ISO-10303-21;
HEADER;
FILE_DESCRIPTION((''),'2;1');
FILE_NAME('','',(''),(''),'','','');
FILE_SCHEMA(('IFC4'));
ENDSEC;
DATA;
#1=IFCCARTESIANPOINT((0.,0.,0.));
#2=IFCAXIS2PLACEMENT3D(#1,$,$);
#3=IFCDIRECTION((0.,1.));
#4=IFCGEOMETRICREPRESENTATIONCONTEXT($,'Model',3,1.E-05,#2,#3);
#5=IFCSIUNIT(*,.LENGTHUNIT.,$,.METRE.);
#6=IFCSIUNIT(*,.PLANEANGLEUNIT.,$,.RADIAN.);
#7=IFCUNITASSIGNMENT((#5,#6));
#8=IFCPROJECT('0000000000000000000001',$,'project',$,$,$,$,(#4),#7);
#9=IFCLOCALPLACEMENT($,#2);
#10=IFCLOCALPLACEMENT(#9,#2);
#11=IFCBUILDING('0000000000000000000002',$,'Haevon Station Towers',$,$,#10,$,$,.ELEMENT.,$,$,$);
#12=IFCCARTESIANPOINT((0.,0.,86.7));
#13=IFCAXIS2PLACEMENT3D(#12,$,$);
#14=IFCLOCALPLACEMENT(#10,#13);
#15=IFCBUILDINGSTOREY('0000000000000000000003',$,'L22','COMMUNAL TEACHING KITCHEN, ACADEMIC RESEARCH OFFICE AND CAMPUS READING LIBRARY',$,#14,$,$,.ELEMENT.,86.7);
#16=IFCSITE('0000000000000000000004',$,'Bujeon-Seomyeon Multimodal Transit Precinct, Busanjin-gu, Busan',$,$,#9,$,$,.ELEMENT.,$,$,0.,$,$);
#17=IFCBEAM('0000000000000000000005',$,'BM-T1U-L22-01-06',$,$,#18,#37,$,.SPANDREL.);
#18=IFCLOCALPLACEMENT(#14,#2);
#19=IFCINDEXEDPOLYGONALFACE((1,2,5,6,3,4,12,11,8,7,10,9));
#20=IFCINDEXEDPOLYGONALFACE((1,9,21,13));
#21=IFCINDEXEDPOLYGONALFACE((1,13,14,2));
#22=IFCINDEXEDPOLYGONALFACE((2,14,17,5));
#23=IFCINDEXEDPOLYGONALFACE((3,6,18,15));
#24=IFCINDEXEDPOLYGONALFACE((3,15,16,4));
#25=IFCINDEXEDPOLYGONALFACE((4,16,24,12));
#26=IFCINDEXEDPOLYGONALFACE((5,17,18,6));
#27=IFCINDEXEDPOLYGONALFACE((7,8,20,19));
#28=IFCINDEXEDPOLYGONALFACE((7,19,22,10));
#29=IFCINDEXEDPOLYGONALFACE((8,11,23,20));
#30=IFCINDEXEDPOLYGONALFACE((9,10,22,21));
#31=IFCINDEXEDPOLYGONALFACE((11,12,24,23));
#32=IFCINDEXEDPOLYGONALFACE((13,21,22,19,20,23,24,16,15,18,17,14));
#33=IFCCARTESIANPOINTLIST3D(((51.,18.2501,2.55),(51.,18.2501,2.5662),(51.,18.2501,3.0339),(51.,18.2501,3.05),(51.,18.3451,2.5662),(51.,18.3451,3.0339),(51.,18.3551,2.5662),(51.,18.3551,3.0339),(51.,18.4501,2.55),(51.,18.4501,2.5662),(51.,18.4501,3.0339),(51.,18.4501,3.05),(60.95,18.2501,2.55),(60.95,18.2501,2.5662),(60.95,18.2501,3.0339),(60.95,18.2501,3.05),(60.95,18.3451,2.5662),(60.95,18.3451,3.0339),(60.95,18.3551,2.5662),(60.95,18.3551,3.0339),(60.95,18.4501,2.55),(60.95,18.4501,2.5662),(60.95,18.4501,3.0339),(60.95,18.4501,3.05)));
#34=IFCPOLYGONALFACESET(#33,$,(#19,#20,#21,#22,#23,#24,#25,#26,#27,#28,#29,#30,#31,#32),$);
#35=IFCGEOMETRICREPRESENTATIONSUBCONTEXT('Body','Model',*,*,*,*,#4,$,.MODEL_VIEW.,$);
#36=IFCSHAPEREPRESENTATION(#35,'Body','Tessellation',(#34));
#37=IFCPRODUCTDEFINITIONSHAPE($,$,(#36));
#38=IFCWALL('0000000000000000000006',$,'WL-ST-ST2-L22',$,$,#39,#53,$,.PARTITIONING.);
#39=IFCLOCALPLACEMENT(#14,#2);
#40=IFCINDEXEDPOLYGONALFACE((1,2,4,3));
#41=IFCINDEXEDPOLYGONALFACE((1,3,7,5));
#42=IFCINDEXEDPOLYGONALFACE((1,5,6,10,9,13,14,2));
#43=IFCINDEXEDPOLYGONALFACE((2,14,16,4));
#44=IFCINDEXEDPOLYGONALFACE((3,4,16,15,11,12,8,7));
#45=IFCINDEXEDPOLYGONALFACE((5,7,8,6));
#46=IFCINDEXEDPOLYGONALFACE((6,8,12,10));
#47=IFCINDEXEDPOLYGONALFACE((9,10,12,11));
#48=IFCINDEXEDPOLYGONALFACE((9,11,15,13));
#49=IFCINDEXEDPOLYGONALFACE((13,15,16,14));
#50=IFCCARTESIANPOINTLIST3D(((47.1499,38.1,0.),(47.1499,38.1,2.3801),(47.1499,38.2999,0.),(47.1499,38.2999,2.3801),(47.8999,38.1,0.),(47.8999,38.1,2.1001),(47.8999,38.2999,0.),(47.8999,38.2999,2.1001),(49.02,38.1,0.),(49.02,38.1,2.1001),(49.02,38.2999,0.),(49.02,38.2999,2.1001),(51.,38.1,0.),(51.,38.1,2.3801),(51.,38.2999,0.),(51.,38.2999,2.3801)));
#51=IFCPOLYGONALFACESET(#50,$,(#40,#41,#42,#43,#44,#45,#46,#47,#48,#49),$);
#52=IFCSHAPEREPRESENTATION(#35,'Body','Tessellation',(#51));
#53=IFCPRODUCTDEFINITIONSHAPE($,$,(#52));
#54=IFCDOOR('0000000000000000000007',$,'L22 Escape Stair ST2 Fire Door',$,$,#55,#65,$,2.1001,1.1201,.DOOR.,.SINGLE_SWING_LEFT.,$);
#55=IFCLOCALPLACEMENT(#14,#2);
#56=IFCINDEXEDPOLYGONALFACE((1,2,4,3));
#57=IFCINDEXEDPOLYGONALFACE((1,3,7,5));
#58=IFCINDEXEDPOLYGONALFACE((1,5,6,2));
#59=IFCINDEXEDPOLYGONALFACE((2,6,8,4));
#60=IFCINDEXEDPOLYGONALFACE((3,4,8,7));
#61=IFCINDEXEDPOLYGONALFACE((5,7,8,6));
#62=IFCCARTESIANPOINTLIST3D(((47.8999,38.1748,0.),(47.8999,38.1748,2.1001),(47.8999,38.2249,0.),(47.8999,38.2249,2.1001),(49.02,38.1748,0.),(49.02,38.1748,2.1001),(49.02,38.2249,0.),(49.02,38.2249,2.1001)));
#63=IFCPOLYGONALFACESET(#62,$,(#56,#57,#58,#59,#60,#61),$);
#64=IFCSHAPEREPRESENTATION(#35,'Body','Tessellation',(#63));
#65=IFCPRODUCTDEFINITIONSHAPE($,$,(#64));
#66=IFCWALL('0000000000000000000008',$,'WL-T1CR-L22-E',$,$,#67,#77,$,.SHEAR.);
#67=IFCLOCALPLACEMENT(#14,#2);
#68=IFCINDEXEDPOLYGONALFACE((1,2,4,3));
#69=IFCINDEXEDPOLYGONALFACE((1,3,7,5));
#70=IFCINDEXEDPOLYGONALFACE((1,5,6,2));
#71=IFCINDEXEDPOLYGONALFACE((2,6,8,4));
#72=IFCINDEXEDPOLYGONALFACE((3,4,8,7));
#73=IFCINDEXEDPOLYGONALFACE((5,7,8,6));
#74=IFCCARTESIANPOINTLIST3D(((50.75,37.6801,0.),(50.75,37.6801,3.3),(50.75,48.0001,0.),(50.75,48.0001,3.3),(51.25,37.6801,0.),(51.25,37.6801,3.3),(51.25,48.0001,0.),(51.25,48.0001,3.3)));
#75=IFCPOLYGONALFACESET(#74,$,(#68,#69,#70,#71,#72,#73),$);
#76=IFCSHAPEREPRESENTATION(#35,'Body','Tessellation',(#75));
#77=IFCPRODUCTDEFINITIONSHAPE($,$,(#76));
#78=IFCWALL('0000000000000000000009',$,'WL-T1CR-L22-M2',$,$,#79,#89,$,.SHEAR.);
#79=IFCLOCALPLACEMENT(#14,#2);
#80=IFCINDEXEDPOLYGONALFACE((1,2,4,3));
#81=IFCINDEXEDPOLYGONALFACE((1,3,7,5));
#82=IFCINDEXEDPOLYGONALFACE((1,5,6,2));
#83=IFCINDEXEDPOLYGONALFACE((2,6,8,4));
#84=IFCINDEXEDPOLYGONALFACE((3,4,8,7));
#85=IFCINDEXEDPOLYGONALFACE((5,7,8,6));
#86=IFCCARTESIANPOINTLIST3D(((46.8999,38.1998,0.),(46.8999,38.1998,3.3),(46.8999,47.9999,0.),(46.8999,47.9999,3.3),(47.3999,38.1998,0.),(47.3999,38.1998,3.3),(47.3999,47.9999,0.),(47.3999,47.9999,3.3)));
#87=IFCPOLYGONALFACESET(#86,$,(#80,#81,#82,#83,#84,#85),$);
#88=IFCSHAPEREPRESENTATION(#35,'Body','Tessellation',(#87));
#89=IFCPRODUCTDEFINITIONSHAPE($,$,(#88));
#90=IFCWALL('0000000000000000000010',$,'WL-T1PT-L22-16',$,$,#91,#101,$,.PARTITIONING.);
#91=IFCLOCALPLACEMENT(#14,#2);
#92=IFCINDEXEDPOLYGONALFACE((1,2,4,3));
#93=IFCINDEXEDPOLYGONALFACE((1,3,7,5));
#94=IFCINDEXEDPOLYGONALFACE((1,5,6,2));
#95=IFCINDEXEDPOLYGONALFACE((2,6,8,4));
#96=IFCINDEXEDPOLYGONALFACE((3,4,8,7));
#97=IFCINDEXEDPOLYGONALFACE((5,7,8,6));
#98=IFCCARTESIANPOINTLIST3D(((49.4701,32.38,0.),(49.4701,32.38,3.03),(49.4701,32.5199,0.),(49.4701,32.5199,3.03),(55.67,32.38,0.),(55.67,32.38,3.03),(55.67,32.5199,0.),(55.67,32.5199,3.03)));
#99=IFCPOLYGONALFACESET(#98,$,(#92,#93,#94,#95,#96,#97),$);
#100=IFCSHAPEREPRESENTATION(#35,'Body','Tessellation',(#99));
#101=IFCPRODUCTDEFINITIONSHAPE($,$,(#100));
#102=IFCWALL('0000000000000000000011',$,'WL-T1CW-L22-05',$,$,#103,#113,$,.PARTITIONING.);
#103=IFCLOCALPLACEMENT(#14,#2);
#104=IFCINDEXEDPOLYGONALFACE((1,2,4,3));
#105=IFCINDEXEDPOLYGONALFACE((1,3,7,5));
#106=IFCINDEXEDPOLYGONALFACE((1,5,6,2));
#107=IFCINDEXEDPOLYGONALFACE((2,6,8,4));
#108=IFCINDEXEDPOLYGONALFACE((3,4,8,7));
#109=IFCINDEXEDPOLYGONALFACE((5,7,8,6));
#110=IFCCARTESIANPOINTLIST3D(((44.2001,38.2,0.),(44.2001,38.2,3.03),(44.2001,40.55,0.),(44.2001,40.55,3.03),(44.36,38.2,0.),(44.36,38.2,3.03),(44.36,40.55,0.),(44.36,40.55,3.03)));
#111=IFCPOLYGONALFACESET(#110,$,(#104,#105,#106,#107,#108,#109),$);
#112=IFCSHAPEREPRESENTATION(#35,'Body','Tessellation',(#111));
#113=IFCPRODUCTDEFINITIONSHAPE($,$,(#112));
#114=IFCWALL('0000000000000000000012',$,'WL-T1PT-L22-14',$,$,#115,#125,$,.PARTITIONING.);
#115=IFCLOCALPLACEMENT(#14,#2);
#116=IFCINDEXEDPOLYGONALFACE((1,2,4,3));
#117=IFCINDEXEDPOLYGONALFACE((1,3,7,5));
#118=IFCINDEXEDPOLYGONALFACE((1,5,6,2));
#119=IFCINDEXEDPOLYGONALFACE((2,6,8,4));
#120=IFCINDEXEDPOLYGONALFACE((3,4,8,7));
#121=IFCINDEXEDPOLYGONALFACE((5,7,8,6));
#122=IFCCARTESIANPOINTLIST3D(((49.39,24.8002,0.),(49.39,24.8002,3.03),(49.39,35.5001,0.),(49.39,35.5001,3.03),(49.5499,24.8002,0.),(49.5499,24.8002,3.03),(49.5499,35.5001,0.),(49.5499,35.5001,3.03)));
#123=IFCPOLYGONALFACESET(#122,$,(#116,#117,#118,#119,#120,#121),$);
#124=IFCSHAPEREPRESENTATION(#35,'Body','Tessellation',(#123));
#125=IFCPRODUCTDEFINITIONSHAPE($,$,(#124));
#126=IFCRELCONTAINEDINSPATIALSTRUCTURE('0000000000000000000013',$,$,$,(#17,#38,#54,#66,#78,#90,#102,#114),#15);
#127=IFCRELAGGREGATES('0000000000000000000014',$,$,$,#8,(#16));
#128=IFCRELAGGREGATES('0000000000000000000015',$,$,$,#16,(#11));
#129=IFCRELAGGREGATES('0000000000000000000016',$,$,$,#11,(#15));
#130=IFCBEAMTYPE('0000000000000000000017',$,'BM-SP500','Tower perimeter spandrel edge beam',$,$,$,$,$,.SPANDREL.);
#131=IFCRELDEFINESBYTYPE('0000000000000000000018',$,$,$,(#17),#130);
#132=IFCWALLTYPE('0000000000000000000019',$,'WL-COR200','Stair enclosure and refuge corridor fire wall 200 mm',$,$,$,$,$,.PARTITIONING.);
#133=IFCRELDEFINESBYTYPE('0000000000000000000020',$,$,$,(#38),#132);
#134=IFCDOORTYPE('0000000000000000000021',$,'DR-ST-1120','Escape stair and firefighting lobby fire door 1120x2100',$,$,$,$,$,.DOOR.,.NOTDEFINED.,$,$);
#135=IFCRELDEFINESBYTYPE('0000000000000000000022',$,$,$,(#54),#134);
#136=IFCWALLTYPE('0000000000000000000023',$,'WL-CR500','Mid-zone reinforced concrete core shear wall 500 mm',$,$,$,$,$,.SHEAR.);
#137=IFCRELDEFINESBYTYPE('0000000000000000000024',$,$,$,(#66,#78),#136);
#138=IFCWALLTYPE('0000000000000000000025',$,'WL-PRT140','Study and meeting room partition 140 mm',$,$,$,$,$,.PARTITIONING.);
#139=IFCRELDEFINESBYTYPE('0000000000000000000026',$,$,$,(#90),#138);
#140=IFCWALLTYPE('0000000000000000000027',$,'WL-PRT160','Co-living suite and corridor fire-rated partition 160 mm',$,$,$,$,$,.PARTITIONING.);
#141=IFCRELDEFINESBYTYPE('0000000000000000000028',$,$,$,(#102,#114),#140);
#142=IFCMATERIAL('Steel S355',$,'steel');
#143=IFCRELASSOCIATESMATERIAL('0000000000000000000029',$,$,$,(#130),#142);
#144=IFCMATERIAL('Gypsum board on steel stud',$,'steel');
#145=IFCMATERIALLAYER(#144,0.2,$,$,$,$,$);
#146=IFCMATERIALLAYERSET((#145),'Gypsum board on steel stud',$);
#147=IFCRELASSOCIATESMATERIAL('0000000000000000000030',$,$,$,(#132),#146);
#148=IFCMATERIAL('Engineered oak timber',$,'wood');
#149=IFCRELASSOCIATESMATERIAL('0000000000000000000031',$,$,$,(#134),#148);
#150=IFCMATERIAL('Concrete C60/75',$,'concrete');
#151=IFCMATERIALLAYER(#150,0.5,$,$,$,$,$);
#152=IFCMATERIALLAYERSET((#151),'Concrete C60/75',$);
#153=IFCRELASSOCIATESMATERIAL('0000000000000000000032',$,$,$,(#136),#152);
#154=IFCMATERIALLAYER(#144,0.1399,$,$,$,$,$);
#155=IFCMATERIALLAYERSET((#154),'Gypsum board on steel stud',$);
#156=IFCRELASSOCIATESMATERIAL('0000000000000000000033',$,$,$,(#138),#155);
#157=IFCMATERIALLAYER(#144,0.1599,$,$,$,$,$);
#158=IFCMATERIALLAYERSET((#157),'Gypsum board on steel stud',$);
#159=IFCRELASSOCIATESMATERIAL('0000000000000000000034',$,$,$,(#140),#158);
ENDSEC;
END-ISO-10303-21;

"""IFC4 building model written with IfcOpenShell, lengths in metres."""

from ifc_helpers import new_model, si_unit, direction, frame, frame_2d, origin, origin_2d, place, context, subcontext, project, spatial, rectangle, i_section, extrude, material, layer, layer_set, material_profile, profile_set, type_object, element, fill, save


model = new_model("IFC4")

# Units and contexts
model_context = context("Model", 3, precision=1e-05, world=origin(), true_north=direction((0.0, 1.0)))
body_context = subcontext(model_context, "Body", "Model", "MODEL_VIEW")
ifc_project = project(units=[si_unit("LENGTHUNIT", "METRE"), si_unit("PLANEANGLEUNIT", "RADIAN")], contexts=[model_context])

# Site, building, storey
site_placement = place(None, origin())
site = spatial("IfcSite", under=ifc_project, at=site_placement, Name="Bujeon-Seomyeon Multimodal Transit Precinct, Busanjin-gu, Busan", CompositionType="ELEMENT", RefElevation=0.0)
building_placement = place(site_placement, origin())
building = spatial("IfcBuilding", under=site, at=building_placement, Name="Haevon Station Towers", CompositionType="ELEMENT")
storey_placement = place(building_placement, frame((0.0, 0.0, 86.7)))
storey = spatial("IfcBuildingStorey", under=building, at=storey_placement, Name="L22", Description="COMMUNAL TEACHING KITCHEN, ACADEMIC RESEARCH OFFICE AND CAMPUS READING LIBRARY", CompositionType="ELEMENT", Elevation=86.7)

# Beam
ifc_material_1 = material(Name="Steel S355", Category="steel")
ifc_material_profile_1 = material_profile(ifc_material_1, i_section(OverallWidth=0.2, OverallDepth=0.5, WebThickness=0.01, FlangeThickness=0.0161, at=origin_2d()), Name="H-500x200x10x16")
ifc_profile_set_1 = profile_set([ifc_material_profile_1], Name="Steel S355")
beam_type_1 = type_object("IfcBeamType", Name="BM-SP500", Description="Tower perimeter spandrel edge beam", PredefinedType="SPANDREL", material=ifc_profile_set_1)
beam_1_placement = place(storey_placement, frame((51.0, 18.3501, 2.8), z_axis=(1.0, 0.0, 0.0), x_axis=(0.0, 1.0, 0.0)))
element("IfcBeam", 1, at=beam_1_placement, inside=storey, type_object=beam_type_1, Name="BM-T1U-L22-01-06", PredefinedType="SPANDREL", context=body_context, shape_type="SweptSolid", body=[
    extrude(i_section(OverallWidth=0.2, OverallDepth=0.5, WebThickness=0.01, FlangeThickness=0.0161, at=origin_2d()), origin(), (0.0, 0.0, 1.0), 9.95),
])

# Wall, opening, door
ifc_material_2 = material(Name="Gypsum board on steel stud", Category="steel")
ifc_layer_1 = layer(ifc_material_2, 0.2)
ifc_layer_set_1 = layer_set([ifc_layer_1], Name="Gypsum board on steel stud")
wall_type_1 = type_object("IfcWallType", Name="WL-COR200", Description="Stair enclosure and refuge corridor fire wall 200 mm", PredefinedType="PARTITIONING", material=ifc_layer_set_1)
wall_1_placement = place(storey_placement, frame((47.1499, 38.2, 0.0), z_axis=(0.0, 0.0, 1.0), x_axis=(1.0, 0.0, 0.0)))
wall_1 = element("IfcWall", 2, at=wall_1_placement, inside=storey, type_object=wall_type_1, Name="WL-ST-ST2-L22", PredefinedType="PARTITIONING", context=body_context, shape_type="SweptSolid", body=[
    extrude(rectangle(XDim=3.8501, YDim=0.2, at=frame_2d((1.925, 0.0))), origin(), (0.0, 0.0, 1.0), 2.3801),
])
opening_placement = place(wall_1_placement, frame((0.75, 0.0, 0.0)))
opening = element("IfcOpeningElement", 3, at=opening_placement, cuts=wall_1, PredefinedType="OPENING", context=body_context, shape_type="SweptSolid", body=[
    extrude(rectangle(XDim=1.1201, YDim=2.1001, at=frame_2d((0.5601, 1.05))), frame((0.0, 0.1099, 0.0), z_axis=(0.0, -1.0, 0.0), x_axis=(1.0, 0.0, 0.0)), (0.0, 0.0, 1.0), 0.22),
])
ifc_material_3 = material(Name="Engineered oak timber", Category="wood")
door_type = type_object("IfcDoorType", Name="DR-ST-1120", Description="Escape stair and firefighting lobby fire door 1120x2100", OperationType="NOTDEFINED", PredefinedType="DOOR", material=ifc_material_3)
door_placement = place(opening_placement, origin())
door = element("IfcDoor", 4, at=door_placement, inside=storey, type_object=door_type, Name="L22 Escape Stair ST2 Fire Door", OperationType="SINGLE_SWING_LEFT", OverallHeight=2.1001, OverallWidth=1.1201, PredefinedType="DOOR", context=body_context, shape_type="SweptSolid", body=[
    extrude(rectangle(XDim=1.1201, YDim=2.1001, at=frame_2d((0.5601, 1.05))), frame((0.0, 0.0249, 0.0), z_axis=(0.0, -1.0, 0.0), x_axis=(1.0, 0.0, 0.0)), (0.0, 0.0, 1.0), 0.05),
])
fill(opening, door)

# Walls
ifc_material_4 = material(Name="Concrete C60/75", Category="concrete")
ifc_layer_2 = layer(ifc_material_4, 0.5)
ifc_layer_set_2 = layer_set([ifc_layer_2], Name="Concrete C60/75")
wall_type_2 = type_object("IfcWallType", Name="WL-CR500", Description="Mid-zone reinforced concrete core shear wall 500 mm", PredefinedType="SHEAR", material=ifc_layer_set_2)
wall_2_placement = place(storey_placement, frame((51.0, 37.6799, 0.0), z_axis=(0.0, 0.0, 1.0), x_axis=(0.0, 1.0, 0.0)))
element("IfcWall", 5, at=wall_2_placement, inside=storey, type_object=wall_type_2, Name="WL-T1CR-L22-E", PredefinedType="SHEAR", context=body_context, shape_type="SweptSolid", body=[
    extrude(rectangle(XDim=10.3201, YDim=0.5, at=frame_2d((5.1602, 0.0))), origin(), (0.0, 0.0, 1.0), 3.3),
])
wall_3_placement = place(storey_placement, frame((47.1499, 38.2, 0.0), z_axis=(0.0, 0.0, 1.0), x_axis=(0.0, 1.0, 0.0)))
element("IfcWall", 6, at=wall_3_placement, inside=storey, type_object=wall_type_2, Name="WL-T1CR-L22-M2", PredefinedType="SHEAR", context=body_context, shape_type="SweptSolid", body=[
    extrude(rectangle(XDim=9.8, YDim=0.5, at=frame_2d((4.8999, 0.0))), origin(), (0.0, 0.0, 1.0), 3.3),
])
ifc_layer_3 = layer(ifc_material_2, 0.1399)
ifc_layer_set_3 = layer_set([ifc_layer_3], Name="Gypsum board on steel stud")
wall_type_3 = type_object("IfcWallType", Name="WL-PRT140", Description="Study and meeting room partition 140 mm", PredefinedType="PARTITIONING", material=ifc_layer_set_3)
wall_4_placement = place(storey_placement, frame((49.47, 32.45, 0.0), z_axis=(0.0, 0.0, 1.0), x_axis=(1.0, 0.0, 0.0)))
element("IfcWall", 7, at=wall_4_placement, inside=storey, type_object=wall_type_3, Name="WL-T1PT-L22-16", PredefinedType="PARTITIONING", context=body_context, shape_type="SweptSolid", body=[
    extrude(rectangle(XDim=6.2, YDim=0.1399, at=frame_2d((3.1001, 0.0))), origin(), (0.0, 0.0, 1.0), 3.03),
])
ifc_layer_4 = layer(ifc_material_2, 0.1599)
ifc_layer_set_4 = layer_set([ifc_layer_4], Name="Gypsum board on steel stud")
wall_type_4 = type_object("IfcWallType", Name="WL-PRT160", Description="Co-living suite and corridor fire-rated partition 160 mm", PredefinedType="PARTITIONING", material=ifc_layer_set_4)
wall_5_placement = place(storey_placement, frame((44.28, 38.2, 0.0), z_axis=(0.0, 0.0, 1.0), x_axis=(0.0, 1.0, 0.0)))
element("IfcWall", 8, at=wall_5_placement, inside=storey, type_object=wall_type_4, Name="WL-T1CW-L22-05", PredefinedType="PARTITIONING", context=body_context, shape_type="SweptSolid", body=[
    extrude(rectangle(XDim=2.3501, YDim=0.1599, at=frame_2d((1.175, 0.0))), origin(), (0.0, 0.0, 1.0), 3.03),
])
wall_6_placement = place(storey_placement, frame((49.47, 24.8, 0.0), z_axis=(0.0, 0.0, 1.0), x_axis=(0.0, 1.0, 0.0)))
element("IfcWall", 9, at=wall_6_placement, inside=storey, type_object=wall_type_4, Name="WL-T1PT-L22-14", PredefinedType="PARTITIONING", context=body_context, shape_type="SweptSolid", body=[
    extrude(rectangle(XDim=10.7, YDim=0.1599, at=frame_2d((5.3501, 0.0))), origin(), (0.0, 0.0, 1.0), 3.03),
])

save(model, "model.ifc")
